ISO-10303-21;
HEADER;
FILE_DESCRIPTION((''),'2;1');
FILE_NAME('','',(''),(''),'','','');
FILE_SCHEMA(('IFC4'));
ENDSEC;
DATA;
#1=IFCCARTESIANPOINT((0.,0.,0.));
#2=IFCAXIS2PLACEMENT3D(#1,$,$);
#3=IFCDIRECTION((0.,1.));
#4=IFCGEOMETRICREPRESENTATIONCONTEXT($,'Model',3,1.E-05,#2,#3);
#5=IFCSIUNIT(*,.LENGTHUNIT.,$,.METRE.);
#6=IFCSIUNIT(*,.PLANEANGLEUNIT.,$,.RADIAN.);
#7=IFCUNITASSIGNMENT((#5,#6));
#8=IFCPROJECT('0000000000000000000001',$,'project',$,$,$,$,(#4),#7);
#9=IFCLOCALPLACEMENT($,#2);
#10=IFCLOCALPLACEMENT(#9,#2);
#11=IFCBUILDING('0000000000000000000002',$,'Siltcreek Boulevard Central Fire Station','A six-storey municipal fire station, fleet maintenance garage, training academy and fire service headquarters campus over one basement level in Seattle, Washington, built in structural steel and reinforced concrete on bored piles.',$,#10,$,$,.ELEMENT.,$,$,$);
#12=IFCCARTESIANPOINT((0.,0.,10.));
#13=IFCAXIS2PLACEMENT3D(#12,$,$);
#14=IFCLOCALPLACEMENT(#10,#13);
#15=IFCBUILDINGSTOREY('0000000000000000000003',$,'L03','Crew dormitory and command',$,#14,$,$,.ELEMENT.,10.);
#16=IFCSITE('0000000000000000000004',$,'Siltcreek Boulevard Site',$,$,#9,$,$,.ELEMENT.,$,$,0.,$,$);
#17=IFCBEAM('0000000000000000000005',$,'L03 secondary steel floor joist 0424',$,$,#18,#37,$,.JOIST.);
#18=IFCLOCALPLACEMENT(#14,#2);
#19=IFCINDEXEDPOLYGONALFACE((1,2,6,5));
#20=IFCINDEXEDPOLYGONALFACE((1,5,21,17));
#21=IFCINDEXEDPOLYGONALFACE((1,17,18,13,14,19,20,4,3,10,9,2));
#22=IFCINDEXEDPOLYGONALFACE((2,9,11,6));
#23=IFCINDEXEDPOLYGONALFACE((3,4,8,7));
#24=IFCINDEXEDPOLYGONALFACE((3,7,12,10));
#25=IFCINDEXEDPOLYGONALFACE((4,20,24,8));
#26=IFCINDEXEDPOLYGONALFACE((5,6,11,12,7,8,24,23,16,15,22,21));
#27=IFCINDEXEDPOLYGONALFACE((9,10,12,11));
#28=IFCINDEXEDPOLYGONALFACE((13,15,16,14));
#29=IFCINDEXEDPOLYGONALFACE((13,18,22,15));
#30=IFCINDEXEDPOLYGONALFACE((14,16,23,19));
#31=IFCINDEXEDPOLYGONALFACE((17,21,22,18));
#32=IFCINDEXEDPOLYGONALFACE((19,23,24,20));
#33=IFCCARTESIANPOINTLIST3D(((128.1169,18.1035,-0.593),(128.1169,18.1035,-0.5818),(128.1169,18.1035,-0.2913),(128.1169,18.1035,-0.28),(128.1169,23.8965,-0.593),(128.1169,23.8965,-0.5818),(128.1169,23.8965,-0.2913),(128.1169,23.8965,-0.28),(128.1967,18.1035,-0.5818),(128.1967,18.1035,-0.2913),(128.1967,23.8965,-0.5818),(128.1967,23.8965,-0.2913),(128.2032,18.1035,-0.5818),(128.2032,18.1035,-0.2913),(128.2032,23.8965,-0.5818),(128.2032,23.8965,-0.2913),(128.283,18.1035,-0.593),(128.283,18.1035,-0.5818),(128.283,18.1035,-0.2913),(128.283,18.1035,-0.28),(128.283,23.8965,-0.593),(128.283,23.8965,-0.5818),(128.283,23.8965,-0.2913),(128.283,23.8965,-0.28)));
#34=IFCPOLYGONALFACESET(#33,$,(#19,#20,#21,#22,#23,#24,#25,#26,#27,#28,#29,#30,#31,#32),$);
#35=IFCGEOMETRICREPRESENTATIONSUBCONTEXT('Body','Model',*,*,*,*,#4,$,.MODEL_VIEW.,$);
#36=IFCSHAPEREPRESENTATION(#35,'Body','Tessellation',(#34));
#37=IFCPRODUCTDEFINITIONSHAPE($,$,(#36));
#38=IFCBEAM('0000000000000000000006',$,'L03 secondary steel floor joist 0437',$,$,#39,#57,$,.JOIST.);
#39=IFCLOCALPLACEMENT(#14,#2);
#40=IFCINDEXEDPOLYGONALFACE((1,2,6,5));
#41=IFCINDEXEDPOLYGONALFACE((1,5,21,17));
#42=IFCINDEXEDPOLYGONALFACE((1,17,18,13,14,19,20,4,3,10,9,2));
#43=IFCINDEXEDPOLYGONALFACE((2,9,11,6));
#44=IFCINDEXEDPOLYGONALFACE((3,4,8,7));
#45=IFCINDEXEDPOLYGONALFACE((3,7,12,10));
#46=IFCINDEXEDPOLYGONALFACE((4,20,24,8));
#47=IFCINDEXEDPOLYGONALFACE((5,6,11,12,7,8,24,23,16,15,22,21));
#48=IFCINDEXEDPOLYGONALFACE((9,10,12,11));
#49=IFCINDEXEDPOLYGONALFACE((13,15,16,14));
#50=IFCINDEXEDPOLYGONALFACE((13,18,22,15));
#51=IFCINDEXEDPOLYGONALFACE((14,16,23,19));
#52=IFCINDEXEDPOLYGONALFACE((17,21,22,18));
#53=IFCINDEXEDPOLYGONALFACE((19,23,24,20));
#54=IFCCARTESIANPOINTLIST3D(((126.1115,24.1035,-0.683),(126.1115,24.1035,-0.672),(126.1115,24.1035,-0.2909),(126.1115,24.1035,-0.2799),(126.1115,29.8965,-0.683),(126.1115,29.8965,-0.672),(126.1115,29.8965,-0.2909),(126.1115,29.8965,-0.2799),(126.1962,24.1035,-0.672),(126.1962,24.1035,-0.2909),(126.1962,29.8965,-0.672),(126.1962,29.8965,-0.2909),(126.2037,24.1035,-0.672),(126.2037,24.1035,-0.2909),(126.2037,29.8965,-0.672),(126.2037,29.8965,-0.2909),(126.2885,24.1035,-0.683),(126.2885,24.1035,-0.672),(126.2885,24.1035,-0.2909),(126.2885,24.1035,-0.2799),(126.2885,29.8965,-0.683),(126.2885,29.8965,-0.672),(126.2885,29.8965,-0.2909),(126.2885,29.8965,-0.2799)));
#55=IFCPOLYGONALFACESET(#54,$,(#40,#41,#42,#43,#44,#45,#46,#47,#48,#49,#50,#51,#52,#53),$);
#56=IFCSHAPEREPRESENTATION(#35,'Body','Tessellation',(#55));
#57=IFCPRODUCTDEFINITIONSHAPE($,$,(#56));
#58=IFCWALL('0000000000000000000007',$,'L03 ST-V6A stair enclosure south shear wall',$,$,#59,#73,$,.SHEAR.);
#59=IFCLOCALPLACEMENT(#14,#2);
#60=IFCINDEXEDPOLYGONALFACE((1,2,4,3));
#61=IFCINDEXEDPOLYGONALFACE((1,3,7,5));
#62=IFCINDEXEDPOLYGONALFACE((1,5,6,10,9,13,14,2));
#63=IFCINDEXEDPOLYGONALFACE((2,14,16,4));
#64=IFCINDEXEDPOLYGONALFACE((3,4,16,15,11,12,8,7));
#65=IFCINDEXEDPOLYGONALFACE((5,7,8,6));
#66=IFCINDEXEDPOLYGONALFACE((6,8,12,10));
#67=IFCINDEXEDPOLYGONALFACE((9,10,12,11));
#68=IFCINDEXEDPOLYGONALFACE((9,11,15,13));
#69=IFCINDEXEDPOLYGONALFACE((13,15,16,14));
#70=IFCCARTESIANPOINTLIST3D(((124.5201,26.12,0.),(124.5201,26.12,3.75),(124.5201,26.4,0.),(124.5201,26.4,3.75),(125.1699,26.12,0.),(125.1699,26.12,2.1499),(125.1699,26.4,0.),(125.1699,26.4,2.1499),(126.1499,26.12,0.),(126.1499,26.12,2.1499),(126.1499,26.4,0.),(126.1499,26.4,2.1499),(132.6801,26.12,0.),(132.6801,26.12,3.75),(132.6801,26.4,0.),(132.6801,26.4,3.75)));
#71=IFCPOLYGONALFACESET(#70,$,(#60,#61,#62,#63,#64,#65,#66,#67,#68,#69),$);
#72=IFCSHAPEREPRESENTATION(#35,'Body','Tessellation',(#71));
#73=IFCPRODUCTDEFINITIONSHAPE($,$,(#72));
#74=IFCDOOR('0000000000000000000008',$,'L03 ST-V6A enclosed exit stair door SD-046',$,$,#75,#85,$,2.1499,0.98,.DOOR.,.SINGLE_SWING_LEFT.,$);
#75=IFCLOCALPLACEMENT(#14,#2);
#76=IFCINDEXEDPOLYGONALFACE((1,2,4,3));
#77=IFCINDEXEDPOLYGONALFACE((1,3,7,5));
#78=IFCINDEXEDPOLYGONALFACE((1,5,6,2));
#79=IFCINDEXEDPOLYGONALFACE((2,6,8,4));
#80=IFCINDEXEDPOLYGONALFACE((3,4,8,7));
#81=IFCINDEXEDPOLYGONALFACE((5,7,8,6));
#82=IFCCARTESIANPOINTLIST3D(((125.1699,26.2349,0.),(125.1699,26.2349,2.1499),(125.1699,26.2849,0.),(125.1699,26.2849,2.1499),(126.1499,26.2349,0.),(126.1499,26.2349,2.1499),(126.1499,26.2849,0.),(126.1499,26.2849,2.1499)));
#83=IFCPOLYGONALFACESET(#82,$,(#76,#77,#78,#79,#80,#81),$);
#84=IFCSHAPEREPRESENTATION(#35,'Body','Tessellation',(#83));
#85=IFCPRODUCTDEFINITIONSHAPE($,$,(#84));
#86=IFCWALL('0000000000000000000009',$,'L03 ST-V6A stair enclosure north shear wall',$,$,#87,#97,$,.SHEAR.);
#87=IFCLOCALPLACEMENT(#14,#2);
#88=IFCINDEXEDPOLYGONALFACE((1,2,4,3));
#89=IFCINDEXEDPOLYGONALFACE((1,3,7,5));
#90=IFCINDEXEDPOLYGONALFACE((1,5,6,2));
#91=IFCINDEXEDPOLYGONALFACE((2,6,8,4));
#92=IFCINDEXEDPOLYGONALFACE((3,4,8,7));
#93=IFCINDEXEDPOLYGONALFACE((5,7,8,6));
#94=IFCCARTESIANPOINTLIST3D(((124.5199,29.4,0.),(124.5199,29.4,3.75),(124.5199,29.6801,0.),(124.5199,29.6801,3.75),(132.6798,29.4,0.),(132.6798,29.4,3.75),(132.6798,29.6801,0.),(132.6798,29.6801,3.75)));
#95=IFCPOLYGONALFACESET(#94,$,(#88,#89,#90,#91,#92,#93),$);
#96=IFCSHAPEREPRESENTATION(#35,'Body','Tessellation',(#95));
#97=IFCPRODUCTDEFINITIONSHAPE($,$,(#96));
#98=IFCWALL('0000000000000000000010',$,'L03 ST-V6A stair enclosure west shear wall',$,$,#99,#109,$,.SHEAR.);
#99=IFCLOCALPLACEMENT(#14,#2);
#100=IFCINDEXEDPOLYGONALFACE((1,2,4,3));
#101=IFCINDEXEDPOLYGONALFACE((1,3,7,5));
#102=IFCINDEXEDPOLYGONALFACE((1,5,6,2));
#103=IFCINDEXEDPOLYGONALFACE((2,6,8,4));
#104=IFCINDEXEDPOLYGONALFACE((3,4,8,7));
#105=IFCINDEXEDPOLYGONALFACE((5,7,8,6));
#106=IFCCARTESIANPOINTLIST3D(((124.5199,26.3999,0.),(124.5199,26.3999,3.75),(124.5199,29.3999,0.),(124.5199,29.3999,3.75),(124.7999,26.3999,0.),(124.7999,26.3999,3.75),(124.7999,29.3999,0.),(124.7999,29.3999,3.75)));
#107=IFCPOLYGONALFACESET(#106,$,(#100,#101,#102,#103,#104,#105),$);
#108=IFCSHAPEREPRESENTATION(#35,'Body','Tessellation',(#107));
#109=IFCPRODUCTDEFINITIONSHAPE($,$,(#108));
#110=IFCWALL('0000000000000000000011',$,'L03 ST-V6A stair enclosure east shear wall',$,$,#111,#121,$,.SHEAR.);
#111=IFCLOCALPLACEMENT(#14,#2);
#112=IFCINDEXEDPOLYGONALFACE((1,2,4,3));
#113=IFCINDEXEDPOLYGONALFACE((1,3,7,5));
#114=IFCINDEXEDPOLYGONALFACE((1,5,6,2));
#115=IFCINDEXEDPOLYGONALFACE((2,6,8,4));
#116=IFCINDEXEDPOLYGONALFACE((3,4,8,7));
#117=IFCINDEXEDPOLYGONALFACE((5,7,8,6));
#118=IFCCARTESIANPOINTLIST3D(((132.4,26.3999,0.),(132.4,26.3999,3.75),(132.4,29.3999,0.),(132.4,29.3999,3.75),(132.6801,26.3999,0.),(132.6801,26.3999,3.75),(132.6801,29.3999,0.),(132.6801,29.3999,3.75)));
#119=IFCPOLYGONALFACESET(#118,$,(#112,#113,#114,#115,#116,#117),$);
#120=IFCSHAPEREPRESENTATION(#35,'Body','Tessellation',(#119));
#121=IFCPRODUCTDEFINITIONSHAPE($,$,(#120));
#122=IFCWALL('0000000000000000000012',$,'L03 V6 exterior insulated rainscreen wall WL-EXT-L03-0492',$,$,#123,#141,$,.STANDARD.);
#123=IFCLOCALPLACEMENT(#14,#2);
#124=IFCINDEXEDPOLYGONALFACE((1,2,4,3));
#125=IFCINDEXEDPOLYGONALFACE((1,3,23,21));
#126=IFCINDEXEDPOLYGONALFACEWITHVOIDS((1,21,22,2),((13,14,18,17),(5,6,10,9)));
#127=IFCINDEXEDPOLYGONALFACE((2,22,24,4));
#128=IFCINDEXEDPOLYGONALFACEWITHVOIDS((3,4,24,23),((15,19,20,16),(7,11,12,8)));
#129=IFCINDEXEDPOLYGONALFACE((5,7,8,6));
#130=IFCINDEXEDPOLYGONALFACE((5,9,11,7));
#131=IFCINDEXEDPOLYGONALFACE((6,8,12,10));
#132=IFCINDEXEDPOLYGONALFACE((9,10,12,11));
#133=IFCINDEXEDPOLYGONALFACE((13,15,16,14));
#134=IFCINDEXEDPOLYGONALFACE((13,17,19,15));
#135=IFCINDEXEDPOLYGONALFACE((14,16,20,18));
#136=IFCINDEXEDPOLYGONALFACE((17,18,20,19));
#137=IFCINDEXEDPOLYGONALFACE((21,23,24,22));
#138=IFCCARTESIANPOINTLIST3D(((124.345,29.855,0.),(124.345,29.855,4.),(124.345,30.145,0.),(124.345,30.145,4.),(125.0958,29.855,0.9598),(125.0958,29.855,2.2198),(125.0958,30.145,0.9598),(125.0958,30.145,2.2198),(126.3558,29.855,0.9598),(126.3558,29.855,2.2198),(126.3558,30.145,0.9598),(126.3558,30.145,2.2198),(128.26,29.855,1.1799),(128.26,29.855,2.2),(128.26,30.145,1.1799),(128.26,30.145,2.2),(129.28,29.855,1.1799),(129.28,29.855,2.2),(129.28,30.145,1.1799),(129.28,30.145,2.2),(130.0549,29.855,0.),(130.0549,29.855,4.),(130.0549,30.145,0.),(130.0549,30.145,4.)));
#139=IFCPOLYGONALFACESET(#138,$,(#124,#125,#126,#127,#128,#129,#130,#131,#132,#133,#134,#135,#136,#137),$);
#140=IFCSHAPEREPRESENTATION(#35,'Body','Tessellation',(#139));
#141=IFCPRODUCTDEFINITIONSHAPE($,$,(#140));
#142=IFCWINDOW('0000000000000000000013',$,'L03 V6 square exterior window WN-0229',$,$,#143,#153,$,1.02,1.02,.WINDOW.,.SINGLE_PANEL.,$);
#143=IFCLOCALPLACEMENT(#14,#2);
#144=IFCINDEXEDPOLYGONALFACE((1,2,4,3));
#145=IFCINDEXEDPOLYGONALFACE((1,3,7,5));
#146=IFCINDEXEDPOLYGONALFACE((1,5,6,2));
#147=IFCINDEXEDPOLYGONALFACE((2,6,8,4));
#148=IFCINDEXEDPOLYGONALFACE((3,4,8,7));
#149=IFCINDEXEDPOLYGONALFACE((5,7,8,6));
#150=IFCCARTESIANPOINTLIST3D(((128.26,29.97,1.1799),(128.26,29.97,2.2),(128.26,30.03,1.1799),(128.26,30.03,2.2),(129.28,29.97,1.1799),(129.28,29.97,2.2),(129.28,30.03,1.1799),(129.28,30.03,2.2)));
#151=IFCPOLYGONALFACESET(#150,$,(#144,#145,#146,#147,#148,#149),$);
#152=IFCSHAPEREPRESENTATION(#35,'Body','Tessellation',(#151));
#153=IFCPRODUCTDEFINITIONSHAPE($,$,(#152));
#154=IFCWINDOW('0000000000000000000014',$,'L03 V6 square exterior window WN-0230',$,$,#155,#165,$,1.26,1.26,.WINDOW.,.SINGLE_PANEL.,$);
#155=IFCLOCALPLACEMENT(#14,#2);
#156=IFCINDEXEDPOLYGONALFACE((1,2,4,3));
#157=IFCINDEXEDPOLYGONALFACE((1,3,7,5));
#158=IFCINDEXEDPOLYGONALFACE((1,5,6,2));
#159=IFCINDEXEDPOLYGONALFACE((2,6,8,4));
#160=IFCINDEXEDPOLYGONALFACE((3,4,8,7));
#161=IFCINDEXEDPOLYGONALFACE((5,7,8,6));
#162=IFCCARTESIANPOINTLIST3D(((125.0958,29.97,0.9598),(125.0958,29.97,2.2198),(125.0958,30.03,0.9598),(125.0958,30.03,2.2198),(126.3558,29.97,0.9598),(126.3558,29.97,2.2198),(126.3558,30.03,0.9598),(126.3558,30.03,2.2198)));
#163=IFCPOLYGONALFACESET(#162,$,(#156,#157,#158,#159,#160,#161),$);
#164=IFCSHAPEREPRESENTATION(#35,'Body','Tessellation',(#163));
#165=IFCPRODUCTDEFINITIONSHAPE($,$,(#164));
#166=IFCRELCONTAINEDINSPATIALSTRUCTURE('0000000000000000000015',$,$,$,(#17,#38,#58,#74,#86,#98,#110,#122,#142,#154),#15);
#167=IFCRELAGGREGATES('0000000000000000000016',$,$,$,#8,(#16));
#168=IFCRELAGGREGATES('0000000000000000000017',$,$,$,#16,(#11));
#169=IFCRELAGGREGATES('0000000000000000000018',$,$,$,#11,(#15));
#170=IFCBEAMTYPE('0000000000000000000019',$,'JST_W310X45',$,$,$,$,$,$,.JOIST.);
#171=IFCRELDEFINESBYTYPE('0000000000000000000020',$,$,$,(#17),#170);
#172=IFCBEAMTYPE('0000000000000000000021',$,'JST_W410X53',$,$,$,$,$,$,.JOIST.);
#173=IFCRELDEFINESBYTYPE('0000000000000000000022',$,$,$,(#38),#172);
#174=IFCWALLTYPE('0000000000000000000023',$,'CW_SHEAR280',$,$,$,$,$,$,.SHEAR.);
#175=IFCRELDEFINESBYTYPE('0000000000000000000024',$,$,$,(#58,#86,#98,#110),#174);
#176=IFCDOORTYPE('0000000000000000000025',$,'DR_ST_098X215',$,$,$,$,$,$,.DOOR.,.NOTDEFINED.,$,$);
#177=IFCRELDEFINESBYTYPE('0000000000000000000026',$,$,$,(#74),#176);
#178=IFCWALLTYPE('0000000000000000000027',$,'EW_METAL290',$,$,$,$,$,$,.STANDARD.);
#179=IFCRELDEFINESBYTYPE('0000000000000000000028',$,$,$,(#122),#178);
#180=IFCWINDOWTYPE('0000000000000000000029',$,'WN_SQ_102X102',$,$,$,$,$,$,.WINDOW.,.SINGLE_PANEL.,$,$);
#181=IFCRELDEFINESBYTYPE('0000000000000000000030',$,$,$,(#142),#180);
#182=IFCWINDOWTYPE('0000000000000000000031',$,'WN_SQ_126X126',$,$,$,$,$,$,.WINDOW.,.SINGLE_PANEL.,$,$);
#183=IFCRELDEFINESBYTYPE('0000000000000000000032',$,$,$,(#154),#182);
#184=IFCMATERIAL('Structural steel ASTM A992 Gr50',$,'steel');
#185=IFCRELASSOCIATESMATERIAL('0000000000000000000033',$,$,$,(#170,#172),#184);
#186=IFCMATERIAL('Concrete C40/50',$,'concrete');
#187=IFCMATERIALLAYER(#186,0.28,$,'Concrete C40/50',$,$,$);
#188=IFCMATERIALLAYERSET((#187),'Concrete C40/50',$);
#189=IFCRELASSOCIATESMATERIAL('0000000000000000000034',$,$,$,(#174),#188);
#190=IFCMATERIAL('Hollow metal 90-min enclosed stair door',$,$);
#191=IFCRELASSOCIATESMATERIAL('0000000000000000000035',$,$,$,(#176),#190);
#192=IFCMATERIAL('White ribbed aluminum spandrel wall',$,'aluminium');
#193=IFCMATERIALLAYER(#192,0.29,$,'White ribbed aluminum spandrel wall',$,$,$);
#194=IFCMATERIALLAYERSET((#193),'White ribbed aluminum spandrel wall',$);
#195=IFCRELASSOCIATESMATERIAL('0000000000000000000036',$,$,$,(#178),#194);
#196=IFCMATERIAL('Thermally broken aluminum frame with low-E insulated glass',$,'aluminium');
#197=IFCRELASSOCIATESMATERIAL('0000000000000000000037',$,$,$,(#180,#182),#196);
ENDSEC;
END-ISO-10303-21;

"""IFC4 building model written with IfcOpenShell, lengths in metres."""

from ifc_helpers import new_model, si_unit, direction, frame, frame_2d, origin, origin_2d, place, context, subcontext, project, spatial, rectangle, i_section, extrude, material, layer, layer_set, material_profile, profile_set, type_object, element, fill, save


model = new_model("IFC4")

# Units and contexts
model_context = context("Model", 3, precision=1e-05, world=origin(), true_north=direction((0.0, 1.0)))
body_context = subcontext(model_context, "Body", "Model", "MODEL_VIEW")
ifc_project = project(units=[si_unit("LENGTHUNIT", "METRE"), si_unit("PLANEANGLEUNIT", "RADIAN")], contexts=[model_context])

# Site, building, storey
site_placement = place(None, origin())
site = spatial("IfcSite", under=ifc_project, at=site_placement, Name="Siltcreek Boulevard Site", CompositionType="ELEMENT", RefElevation=0.0)
building_placement = place(site_placement, origin())
building = spatial("IfcBuilding", under=site, at=building_placement, Name="Siltcreek Boulevard Central Fire Station", Description="A six-storey municipal fire station, fleet maintenance garage, training academy and fire service headquarters campus over one basement level in Seattle, Washington, built in structural steel and reinforced concrete on bored piles.", CompositionType="ELEMENT")
storey_placement = place(building_placement, frame((0.0, 0.0, 10.0)))
storey = spatial("IfcBuildingStorey", under=building, at=storey_placement, Name="L03", Description="Crew dormitory and command", CompositionType="ELEMENT", Elevation=10.0)

# Shared definitions
ifc_material_1 = material(Name="Structural steel ASTM A992 Gr50", Category="steel")

# Beams
ifc_material_profile_1 = material_profile(ifc_material_1, i_section(OverallWidth=0.166, OverallDepth=0.313, WebThickness=0.0066, FlangeThickness=0.0112, at=origin_2d()), Name="W310X45")
ifc_profile_set_1 = profile_set([ifc_material_profile_1], Name="Structural steel ASTM A992 Gr50")
beam_type_1 = type_object("IfcBeamType", Name="JST_W310X45", PredefinedType="JOIST", material=ifc_profile_set_1)
beam_1_placement = place(storey_placement, frame((128.2, 18.1035, -0.4365), z_axis=(0.0, 1.0, 0.0), x_axis=(-1.0, 0.0, 0.0)))
element("IfcBeam", 1, at=beam_1_placement, inside=storey, type_object=beam_type_1, Name="L03 secondary steel floor joist 0424", PredefinedType="JOIST", context=body_context, shape_type="SweptSolid", body=[
    extrude(i_section(OverallWidth=0.166, OverallDepth=0.313, WebThickness=0.0066, FlangeThickness=0.0112, at=origin_2d()), origin(), (0.0, 0.0, 1.0), 5.793),
])
ifc_material_profile_2 = material_profile(ifc_material_1, i_section(OverallWidth=0.177, OverallDepth=0.4031, WebThickness=0.0076, FlangeThickness=0.011, at=origin_2d()), Name="W410X53")
ifc_profile_set_2 = profile_set([ifc_material_profile_2], Name="Structural steel ASTM A992 Gr50")
beam_type_2 = type_object("IfcBeamType", Name="JST_W410X53", PredefinedType="JOIST", material=ifc_profile_set_2)
beam_2_placement = place(storey_placement, frame((126.2, 24.1035, -0.4814), z_axis=(0.0, 1.0, 0.0), x_axis=(-1.0, 0.0, 0.0)))
element("IfcBeam", 2, at=beam_2_placement, inside=storey, type_object=beam_type_2, Name="L03 secondary steel floor joist 0437", PredefinedType="JOIST", context=body_context, shape_type="SweptSolid", body=[
    extrude(i_section(OverallWidth=0.177, OverallDepth=0.4031, WebThickness=0.0076, FlangeThickness=0.011, at=origin_2d()), origin(), (0.0, 0.0, 1.0), 5.793),
])

# Wall, opening, door
ifc_material_2 = material(Name="Concrete C40/50", Category="concrete")
ifc_layer_1 = layer(ifc_material_2, 0.28, Name="Concrete C40/50")
ifc_layer_set_1 = layer_set([ifc_layer_1], Name="Concrete C40/50")
wall_type_1 = type_object("IfcWallType", Name="CW_SHEAR280", PredefinedType="SHEAR", material=ifc_layer_set_1)
wall_1_placement = place(storey_placement, frame((124.52, 26.26, 0.0), z_axis=(0.0, 0.0, 1.0), x_axis=(1.0, 0.0, 0.0)))
wall_1 = element("IfcWall", 3, at=wall_1_placement, inside=storey, type_object=wall_type_1, Name="L03 ST-V6A stair enclosure south shear wall", PredefinedType="SHEAR", context=body_context, shape_type="SweptSolid", body=[
    extrude(rectangle(XDim=8.1599, YDim=0.28, at=frame_2d((4.0801, 0.0))), origin(), (0.0, 0.0, 1.0), 3.75),
])
opening_1_placement = place(wall_1_placement, frame((0.6499, 0.0, 0.0)))
opening_1 = element("IfcOpeningElement", 4, at=opening_1_placement, cuts=wall_1, PredefinedType="OPENING", context=body_context, shape_type="SweptSolid", body=[
    extrude(rectangle(XDim=0.98, YDim=2.1499, at=frame_2d((0.49, 1.075))), frame((0.0, 0.1499, 0.0), z_axis=(0.0, -1.0, 0.0), x_axis=(1.0, 0.0, 0.0)), (0.0, 0.0, 1.0), 0.3),
])
ifc_material_3 = material(Name="Hollow metal 90-min enclosed stair door")
door_type_1 = type_object("IfcDoorType", Name="DR_ST_098X215", OperationType="NOTDEFINED", PredefinedType="DOOR", material=ifc_material_3)
door_1_placement = place(opening_1_placement, origin())
door_1 = element("IfcDoor", 5, at=door_1_placement, inside=storey, type_object=door_type_1, Name="L03 ST-V6A enclosed exit stair door SD-046", OperationType="SINGLE_SWING_LEFT", OverallHeight=2.1499, OverallWidth=0.98, PredefinedType="DOOR", context=body_context, shape_type="SweptSolid", body=[
    extrude(rectangle(XDim=0.98, YDim=2.1499, at=frame_2d((0.49, 1.075))), frame((0.0, 0.0249, 0.0), z_axis=(0.0, -1.0, 0.0), x_axis=(1.0, 0.0, 0.0)), (0.0, 0.0, 1.0), 0.05),
])
fill(opening_1, door_1)

# Walls
wall_2_placement = place(storey_placement, frame((132.6799, 29.54, 0.0), z_axis=(0.0, 0.0, 1.0), x_axis=(-1.0, 0.0, 0.0)))
element("IfcWall", 6, at=wall_2_placement, inside=storey, type_object=wall_type_1, Name="L03 ST-V6A stair enclosure north shear wall", PredefinedType="SHEAR", context=body_context, shape_type="SweptSolid", body=[
    extrude(rectangle(XDim=8.1599, YDim=0.28, at=frame_2d((4.0801, 0.0))), origin(), (0.0, 0.0, 1.0), 3.75),
])
for number, where, z_axis, x_axis, name in (
    (7, (124.6599, 29.3999, 0.0), (0.0, 0.0, 1.0), (0.0, -1.0, 0.0), "L03 ST-V6A stair enclosure west shear wall"),
    (8, (132.54, 26.3999, 0.0), (0.0, 0.0, 1.0), (0.0, 1.0, 0.0), "L03 ST-V6A stair enclosure east shear wall"),
):
    element("IfcWall", number, at=place(storey_placement, frame(where, z_axis=z_axis, x_axis=x_axis)), inside=storey, type_object=wall_type_1, Name=name, PredefinedType="SHEAR", context=body_context, shape_type="SweptSolid", body=[
        extrude(rectangle(XDim=3.0, YDim=0.28, at=frame_2d((1.5, 0.0))), origin(), (0.0, 0.0, 1.0), 3.75),
    ])

# Wall, openings, windows
ifc_material_4 = material(Name="White ribbed aluminum spandrel wall", Category="aluminium")
ifc_layer_2 = layer(ifc_material_4, 0.29, Name="White ribbed aluminum spandrel wall")
ifc_layer_set_2 = layer_set([ifc_layer_2], Name="White ribbed aluminum spandrel wall")
wall_type_2 = type_object("IfcWallType", Name="EW_METAL290", PredefinedType="STANDARD", material=ifc_layer_set_2)
wall_3_placement = place(storey_placement, frame((130.0549, 30.0, 0.0), z_axis=(0.0, 0.0, 1.0), x_axis=(-1.0, 0.0, 0.0)))
wall_3 = element("IfcWall", 9, at=wall_3_placement, inside=storey, type_object=wall_type_2, Name="L03 V6 exterior insulated rainscreen wall WL-EXT-L03-0492", PredefinedType="STANDARD", context=body_context, shape_type="SweptSolid", body=[
    extrude(rectangle(XDim=5.71, YDim=0.29, at=frame_2d((2.855, 0.0))), origin(), (0.0, 0.0, 1.0), 4.0),
])
opening_2_placement = place(wall_3_placement, frame((0.7749, 0.0, 1.1799)))
opening_2 = element("IfcOpeningElement", 10, at=opening_2_placement, cuts=wall_3, PredefinedType="OPENING", context=body_context, shape_type="SweptSolid", body=[
    extrude(rectangle(XDim=1.02, YDim=1.02, at=frame_2d((0.51, 0.51))), frame((0.0, 0.155, 0.0), z_axis=(0.0, -1.0, 0.0), x_axis=(1.0, 0.0, 0.0)), (0.0, 0.0, 1.0), 0.3101),
])
opening_3_placement = place(wall_3_placement, frame((3.6992, 0.0, 0.96)))
opening_3 = element("IfcOpeningElement", 11, at=opening_3_placement, cuts=wall_3, PredefinedType="OPENING", context=body_context, shape_type="SweptSolid", body=[
    extrude(rectangle(XDim=1.26, YDim=1.26, at=frame_2d((0.6299, 0.6299))), frame((0.0, 0.155, 0.0), z_axis=(0.0, -1.0, 0.0), x_axis=(1.0, 0.0, 0.0)), (0.0, 0.0, 1.0), 0.3101),
])
ifc_material_5 = material(Name="Thermally broken aluminum frame with low-E insulated glass", Category="aluminium")
window_type_1 = type_object("IfcWindowType", Name="WN_SQ_102X102", PartitioningType="SINGLE_PANEL", PredefinedType="WINDOW", material=ifc_material_5)
window_1_placement = place(opening_2_placement, origin())
window_1 = element("IfcWindow", 12, at=window_1_placement, inside=storey, type_object=window_type_1, Name="L03 V6 square exterior window WN-0229", OverallHeight=1.02, OverallWidth=1.02, PartitioningType="SINGLE_PANEL", PredefinedType="WINDOW", context=body_context, shape_type="SweptSolid", body=[
    extrude(rectangle(XDim=1.02, YDim=1.02, at=frame_2d((0.51, 0.51))), frame((0.0, 0.03, 0.0), z_axis=(0.0, -1.0, 0.0), x_axis=(1.0, 0.0, 0.0)), (0.0, 0.0, 1.0), 0.0601),
])
fill(opening_2, window_1)
window_type_2 = type_object("IfcWindowType", Name="WN_SQ_126X126", PartitioningType="SINGLE_PANEL", PredefinedType="WINDOW", material=ifc_material_5)
window_2_placement = place(opening_3_placement, origin())
window_2 = element("IfcWindow", 13, at=window_2_placement, inside=storey, type_object=window_type_2, Name="L03 V6 square exterior window WN-0230", OverallHeight=1.26, OverallWidth=1.26, PartitioningType="SINGLE_PANEL", PredefinedType="WINDOW", context=body_context, shape_type="SweptSolid", body=[
    extrude(rectangle(XDim=1.26, YDim=1.26, at=frame_2d((0.6299, 0.6299))), frame((0.0, 0.03, 0.0), z_axis=(0.0, -1.0, 0.0), x_axis=(1.0, 0.0, 0.0)), (0.0, 0.0, 1.0), 0.0601),
])
fill(opening_3, window_2)

save(model, "model.ifc")
